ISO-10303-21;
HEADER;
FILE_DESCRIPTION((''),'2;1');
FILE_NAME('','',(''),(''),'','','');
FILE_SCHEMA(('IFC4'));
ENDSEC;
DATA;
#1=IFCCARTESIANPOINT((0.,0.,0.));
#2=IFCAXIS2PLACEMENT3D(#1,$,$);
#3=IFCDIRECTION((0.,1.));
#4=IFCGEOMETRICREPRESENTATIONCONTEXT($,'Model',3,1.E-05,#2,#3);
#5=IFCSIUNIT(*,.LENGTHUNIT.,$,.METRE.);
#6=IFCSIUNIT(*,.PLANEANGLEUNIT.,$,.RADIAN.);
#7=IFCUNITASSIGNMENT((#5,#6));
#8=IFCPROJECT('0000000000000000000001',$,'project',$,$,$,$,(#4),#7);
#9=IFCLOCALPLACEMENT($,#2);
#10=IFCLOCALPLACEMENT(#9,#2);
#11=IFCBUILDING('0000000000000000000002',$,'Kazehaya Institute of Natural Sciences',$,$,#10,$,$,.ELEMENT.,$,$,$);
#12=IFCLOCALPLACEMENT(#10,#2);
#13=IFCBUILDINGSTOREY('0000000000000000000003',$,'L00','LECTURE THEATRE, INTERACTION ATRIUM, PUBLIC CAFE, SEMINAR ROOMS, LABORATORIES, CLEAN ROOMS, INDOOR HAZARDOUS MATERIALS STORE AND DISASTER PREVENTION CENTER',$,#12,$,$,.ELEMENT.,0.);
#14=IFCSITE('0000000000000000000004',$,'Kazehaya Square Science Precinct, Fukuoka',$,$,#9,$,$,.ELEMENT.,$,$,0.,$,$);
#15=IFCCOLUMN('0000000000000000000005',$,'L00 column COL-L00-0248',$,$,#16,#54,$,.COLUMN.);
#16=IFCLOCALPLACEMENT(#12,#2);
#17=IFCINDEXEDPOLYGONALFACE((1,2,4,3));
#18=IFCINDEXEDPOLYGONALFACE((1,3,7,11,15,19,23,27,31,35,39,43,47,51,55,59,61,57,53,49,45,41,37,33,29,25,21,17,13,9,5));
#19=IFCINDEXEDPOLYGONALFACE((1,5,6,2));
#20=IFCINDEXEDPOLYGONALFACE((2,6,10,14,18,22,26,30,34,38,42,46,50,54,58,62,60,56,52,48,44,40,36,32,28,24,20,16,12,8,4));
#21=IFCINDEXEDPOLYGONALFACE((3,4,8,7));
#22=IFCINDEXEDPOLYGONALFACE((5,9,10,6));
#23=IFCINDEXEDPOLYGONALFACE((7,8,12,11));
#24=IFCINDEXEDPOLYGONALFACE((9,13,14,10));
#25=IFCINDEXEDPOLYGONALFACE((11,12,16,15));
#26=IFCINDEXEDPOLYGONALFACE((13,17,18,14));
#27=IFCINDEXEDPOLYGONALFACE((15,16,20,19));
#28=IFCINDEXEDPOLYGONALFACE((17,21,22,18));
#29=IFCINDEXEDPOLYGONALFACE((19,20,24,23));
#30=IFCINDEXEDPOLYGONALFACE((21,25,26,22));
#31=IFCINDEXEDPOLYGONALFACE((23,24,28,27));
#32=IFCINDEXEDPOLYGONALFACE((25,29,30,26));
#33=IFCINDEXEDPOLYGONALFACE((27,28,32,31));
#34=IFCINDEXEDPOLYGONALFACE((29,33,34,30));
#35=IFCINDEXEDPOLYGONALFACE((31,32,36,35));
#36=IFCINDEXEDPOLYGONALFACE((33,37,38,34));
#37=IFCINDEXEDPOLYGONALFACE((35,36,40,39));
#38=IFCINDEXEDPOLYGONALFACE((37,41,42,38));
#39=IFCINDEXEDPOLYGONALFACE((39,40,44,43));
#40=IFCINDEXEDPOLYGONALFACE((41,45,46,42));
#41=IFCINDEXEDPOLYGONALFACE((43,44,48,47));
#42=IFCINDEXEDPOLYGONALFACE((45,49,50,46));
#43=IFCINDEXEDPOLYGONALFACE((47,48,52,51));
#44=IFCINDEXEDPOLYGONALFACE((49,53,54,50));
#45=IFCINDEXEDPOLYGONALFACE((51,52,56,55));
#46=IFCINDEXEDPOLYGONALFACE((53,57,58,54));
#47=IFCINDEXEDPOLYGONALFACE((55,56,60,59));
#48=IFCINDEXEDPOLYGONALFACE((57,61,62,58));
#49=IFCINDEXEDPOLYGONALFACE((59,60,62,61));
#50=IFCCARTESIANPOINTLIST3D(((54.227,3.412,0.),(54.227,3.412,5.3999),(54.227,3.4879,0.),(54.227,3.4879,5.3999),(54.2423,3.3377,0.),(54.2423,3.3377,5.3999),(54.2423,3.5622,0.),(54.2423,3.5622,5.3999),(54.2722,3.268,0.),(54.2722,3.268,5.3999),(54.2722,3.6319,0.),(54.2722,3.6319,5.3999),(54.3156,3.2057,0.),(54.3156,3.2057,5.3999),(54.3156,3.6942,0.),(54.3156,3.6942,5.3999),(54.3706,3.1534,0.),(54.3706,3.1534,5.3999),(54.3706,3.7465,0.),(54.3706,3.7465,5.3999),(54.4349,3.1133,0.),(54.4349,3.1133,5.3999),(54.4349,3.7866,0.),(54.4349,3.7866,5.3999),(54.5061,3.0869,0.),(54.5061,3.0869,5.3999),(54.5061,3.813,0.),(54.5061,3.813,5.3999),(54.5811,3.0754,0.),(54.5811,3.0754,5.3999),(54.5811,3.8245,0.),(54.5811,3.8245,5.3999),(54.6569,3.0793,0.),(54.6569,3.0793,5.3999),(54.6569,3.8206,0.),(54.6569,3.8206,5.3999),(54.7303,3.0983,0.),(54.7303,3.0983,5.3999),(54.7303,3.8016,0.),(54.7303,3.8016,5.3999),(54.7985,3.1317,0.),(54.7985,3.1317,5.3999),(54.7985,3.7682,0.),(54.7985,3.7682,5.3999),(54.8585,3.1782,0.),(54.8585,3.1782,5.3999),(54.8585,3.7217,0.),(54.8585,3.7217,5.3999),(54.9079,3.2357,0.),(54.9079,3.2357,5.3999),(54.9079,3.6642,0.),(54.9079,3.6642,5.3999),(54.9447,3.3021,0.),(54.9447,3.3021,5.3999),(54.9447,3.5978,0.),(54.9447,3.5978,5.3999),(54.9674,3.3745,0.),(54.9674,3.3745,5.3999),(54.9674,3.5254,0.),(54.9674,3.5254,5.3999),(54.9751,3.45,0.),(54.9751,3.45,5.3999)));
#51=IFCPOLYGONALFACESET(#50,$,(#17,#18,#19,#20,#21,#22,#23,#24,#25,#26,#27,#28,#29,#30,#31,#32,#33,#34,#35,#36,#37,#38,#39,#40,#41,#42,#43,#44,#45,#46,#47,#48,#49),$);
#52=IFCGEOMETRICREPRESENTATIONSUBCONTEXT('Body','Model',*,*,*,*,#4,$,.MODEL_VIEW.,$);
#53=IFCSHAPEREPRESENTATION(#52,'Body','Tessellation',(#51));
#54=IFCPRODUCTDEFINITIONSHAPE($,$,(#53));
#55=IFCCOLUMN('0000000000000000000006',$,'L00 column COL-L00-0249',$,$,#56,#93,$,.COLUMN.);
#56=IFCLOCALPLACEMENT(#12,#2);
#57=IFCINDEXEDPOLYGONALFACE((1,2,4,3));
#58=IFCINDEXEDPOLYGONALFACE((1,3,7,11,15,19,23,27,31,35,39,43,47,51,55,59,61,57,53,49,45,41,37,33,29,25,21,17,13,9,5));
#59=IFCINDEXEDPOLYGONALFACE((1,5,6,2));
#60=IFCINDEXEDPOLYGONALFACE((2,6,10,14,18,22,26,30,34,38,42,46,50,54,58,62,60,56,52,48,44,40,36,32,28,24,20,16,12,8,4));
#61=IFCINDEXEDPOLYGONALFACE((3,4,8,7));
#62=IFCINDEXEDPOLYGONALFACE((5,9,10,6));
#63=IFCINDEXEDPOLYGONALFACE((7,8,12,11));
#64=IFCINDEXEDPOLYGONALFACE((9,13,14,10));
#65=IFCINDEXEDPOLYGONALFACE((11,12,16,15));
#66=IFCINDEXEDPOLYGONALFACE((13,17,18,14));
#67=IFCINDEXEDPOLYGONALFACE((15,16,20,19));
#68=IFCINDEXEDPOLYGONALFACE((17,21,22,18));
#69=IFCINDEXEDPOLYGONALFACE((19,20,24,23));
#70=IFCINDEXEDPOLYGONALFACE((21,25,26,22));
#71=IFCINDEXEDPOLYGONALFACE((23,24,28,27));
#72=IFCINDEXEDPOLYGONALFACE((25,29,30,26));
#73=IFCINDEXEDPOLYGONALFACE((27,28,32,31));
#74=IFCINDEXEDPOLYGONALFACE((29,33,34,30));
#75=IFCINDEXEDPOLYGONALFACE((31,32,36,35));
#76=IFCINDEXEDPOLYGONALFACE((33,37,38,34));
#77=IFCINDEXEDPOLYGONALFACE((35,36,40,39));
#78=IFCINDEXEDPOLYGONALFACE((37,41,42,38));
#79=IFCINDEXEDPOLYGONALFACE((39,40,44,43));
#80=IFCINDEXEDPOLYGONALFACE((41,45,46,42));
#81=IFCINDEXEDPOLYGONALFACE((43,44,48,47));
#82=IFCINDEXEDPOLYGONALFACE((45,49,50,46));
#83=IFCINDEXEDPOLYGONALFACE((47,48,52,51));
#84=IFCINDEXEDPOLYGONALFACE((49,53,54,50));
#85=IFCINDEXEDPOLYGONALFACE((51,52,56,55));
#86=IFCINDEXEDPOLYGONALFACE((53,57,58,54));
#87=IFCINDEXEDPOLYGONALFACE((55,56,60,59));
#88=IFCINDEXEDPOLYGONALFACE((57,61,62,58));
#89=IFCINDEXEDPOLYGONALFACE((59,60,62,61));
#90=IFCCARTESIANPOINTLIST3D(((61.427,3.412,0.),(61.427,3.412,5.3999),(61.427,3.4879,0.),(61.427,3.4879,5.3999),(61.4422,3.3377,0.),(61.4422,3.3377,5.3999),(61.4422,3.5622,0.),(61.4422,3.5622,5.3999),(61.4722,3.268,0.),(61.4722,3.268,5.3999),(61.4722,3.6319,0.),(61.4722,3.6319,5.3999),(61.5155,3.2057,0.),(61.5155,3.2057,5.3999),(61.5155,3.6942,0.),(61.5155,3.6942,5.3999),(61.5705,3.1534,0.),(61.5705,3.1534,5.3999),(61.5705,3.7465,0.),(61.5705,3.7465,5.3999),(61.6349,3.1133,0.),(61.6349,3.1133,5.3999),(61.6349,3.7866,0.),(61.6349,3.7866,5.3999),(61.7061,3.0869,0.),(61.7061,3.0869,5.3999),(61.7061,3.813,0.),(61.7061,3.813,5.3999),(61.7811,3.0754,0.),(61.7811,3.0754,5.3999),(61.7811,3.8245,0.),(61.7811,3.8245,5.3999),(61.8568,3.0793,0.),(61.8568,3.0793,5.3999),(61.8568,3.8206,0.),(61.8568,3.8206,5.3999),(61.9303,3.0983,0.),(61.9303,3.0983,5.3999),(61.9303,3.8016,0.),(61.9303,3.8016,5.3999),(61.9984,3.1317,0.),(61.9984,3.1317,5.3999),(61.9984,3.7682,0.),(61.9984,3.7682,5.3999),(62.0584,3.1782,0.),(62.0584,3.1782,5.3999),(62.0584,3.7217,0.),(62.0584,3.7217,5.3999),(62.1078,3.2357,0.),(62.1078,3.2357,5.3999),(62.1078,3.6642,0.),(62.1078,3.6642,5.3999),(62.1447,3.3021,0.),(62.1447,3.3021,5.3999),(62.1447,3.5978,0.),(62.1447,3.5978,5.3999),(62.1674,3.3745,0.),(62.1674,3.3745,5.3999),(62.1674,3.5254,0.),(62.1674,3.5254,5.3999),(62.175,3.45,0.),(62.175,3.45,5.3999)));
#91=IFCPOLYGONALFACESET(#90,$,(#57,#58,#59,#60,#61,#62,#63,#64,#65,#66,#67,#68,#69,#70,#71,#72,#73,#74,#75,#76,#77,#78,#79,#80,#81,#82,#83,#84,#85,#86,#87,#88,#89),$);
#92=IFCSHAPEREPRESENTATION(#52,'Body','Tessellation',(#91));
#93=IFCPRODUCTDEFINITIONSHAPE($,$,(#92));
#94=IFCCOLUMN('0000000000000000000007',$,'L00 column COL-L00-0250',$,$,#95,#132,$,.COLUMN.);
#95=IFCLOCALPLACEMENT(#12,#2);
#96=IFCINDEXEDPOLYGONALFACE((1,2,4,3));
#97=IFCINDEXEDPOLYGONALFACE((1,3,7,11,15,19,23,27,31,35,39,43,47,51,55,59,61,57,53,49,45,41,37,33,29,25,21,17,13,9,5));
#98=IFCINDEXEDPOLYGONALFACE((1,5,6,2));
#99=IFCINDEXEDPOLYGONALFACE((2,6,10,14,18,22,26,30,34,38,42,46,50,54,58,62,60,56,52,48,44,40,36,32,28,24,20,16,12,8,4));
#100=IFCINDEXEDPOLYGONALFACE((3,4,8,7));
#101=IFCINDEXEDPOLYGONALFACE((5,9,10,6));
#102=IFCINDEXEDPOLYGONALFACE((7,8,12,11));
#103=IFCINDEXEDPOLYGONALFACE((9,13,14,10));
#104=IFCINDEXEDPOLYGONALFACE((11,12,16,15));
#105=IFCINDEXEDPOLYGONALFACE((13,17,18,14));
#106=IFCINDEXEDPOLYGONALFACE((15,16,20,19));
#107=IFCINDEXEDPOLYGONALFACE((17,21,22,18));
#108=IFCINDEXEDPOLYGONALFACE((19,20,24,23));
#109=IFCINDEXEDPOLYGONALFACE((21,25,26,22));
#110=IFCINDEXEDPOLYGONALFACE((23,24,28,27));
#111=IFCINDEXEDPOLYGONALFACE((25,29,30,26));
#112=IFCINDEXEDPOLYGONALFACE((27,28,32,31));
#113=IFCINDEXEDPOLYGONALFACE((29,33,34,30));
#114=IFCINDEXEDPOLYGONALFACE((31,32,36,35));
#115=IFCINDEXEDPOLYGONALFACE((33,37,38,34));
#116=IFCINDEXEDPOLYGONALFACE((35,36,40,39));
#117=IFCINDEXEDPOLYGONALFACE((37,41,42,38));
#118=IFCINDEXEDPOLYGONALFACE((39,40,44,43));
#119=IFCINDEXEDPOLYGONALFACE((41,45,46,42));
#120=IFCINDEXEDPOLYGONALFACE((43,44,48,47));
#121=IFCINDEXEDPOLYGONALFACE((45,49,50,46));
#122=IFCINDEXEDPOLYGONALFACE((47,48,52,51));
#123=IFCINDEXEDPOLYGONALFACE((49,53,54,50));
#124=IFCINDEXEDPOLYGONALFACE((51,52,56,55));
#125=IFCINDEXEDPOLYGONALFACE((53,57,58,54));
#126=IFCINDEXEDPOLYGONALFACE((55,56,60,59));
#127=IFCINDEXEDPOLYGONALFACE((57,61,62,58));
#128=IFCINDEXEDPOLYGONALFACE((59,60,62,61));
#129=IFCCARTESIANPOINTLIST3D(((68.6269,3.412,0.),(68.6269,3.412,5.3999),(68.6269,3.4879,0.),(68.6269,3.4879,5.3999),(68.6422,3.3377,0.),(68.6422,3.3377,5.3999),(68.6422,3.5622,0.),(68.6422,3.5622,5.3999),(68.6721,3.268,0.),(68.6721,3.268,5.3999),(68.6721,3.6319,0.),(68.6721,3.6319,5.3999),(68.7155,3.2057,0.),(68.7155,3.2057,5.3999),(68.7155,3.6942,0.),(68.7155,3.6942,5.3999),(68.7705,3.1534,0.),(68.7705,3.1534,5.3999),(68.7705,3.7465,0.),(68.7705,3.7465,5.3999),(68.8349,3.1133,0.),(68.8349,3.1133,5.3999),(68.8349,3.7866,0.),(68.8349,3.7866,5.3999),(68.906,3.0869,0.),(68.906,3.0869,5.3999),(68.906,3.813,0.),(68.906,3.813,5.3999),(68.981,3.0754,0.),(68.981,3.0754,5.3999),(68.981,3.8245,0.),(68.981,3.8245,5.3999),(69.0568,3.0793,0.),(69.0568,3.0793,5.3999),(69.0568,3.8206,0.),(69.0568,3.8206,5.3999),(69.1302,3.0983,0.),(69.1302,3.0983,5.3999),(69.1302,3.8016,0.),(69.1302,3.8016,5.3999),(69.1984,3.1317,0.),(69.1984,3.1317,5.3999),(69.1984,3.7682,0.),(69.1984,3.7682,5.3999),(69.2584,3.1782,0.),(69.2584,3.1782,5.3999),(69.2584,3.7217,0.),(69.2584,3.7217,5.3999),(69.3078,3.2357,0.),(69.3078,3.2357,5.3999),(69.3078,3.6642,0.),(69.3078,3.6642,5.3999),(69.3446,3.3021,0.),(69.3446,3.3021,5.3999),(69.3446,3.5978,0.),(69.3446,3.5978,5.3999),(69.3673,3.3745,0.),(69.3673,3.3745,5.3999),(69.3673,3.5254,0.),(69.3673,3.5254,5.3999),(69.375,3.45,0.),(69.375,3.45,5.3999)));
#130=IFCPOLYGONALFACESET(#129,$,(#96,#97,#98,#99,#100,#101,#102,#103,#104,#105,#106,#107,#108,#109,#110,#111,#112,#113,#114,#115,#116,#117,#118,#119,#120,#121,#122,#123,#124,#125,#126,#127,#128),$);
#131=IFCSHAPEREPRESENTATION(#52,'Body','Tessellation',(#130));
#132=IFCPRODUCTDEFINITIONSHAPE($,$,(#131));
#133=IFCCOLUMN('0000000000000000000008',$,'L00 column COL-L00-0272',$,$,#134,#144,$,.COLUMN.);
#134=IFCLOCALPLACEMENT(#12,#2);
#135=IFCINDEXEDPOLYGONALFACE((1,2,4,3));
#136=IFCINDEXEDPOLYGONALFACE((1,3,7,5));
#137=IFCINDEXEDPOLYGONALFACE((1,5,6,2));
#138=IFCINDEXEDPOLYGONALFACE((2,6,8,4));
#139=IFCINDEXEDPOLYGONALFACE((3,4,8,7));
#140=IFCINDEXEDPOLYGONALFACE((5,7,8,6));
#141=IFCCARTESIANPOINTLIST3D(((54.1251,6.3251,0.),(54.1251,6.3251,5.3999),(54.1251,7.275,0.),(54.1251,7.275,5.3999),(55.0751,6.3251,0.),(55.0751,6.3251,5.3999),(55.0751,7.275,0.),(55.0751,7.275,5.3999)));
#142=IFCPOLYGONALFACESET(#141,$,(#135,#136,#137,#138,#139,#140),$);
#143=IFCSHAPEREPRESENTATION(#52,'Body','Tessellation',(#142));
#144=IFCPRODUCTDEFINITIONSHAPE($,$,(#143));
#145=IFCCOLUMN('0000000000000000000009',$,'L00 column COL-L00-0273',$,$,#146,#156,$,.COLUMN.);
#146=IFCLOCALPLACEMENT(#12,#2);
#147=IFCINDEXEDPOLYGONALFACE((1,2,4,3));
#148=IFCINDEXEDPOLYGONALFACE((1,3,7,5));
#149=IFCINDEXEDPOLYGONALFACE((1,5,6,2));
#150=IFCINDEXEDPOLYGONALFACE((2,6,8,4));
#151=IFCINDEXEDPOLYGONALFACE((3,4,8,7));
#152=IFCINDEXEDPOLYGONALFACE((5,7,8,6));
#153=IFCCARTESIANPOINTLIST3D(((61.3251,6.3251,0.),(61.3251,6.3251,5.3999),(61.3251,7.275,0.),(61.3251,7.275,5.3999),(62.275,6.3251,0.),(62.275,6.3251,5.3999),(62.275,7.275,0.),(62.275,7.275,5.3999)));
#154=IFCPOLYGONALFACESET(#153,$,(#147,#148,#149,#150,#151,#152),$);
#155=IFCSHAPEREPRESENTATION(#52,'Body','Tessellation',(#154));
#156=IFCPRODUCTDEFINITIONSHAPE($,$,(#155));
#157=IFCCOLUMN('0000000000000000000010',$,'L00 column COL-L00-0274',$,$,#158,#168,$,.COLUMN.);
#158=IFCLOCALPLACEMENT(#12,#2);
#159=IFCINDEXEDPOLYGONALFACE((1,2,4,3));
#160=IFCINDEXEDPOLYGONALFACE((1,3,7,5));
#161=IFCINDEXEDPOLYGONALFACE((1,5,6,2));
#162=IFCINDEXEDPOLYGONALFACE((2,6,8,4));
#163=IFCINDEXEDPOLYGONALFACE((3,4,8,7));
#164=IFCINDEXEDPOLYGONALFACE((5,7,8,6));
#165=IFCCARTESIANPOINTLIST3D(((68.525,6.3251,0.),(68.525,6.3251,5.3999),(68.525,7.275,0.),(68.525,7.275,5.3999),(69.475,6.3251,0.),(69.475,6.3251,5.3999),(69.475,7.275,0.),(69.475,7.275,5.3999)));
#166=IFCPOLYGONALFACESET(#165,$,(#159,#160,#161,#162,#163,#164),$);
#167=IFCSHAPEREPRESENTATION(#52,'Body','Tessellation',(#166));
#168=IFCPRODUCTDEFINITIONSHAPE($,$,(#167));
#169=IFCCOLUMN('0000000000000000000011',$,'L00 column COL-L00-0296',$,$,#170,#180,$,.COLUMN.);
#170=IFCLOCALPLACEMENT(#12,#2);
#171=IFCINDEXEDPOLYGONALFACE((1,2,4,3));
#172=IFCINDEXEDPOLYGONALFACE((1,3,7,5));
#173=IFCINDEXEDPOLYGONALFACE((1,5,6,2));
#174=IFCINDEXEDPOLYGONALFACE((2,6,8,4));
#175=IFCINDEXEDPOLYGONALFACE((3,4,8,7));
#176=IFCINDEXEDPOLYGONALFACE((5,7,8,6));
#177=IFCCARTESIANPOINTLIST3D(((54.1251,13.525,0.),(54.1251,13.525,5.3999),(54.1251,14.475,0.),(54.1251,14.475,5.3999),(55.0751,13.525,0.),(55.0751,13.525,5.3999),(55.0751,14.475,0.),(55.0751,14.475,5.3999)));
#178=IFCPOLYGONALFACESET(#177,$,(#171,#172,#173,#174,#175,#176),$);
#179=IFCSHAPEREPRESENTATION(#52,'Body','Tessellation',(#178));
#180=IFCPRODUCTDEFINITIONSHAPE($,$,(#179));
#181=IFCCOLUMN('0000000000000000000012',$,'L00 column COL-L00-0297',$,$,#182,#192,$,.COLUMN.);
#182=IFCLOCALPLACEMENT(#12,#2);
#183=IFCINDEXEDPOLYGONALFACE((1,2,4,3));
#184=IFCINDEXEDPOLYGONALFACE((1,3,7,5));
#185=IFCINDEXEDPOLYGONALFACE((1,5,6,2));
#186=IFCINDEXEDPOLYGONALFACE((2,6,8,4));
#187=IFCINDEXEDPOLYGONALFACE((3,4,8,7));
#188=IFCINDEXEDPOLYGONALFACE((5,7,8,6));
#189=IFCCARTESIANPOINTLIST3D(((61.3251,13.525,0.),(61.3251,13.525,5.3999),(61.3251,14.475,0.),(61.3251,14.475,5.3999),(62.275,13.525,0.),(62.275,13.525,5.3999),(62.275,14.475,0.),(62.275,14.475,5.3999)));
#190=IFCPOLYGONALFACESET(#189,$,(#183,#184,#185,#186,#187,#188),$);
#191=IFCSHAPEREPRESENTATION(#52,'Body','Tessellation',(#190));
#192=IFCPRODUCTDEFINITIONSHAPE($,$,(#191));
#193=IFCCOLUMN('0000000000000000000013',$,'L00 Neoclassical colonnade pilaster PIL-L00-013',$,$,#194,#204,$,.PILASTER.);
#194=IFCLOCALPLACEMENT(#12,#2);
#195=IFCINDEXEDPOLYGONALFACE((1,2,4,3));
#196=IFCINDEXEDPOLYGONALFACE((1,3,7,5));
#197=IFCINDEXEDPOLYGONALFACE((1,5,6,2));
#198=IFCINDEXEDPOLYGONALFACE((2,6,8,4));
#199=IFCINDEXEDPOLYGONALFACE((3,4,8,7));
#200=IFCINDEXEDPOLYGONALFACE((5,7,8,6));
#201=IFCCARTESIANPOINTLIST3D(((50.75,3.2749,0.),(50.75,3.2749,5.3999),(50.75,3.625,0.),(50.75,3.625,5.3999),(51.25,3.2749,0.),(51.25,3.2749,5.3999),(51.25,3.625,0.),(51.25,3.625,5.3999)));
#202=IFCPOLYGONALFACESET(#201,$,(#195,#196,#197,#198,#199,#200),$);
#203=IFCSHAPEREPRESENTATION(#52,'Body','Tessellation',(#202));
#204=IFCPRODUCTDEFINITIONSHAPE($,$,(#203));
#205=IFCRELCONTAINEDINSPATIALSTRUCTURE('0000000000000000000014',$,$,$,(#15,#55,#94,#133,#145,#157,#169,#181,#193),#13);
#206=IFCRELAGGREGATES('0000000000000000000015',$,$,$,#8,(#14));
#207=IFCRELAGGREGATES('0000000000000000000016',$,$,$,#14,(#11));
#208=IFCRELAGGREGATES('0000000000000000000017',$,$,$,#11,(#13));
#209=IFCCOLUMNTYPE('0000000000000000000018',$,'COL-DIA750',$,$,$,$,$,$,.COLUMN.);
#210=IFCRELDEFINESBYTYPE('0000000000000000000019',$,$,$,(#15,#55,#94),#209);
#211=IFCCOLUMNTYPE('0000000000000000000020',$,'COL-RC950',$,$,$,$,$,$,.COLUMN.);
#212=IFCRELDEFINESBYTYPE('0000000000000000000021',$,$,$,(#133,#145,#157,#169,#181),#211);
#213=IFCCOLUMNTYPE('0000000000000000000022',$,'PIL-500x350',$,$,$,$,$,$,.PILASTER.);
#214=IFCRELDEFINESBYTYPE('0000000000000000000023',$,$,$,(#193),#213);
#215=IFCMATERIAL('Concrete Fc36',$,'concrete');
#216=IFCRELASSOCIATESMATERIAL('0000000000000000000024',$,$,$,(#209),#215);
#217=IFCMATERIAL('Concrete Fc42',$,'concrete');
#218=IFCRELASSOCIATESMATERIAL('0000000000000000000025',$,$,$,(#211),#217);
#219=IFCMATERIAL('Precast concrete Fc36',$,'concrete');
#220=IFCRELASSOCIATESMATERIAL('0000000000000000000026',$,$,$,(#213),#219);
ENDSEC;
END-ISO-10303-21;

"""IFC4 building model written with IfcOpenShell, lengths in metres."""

from ifc_helpers import new_model, si_unit, direction, frame, origin, origin_2d, place, context, subcontext, project, spatial, rectangle, circle, extrude, material, material_profile, profile_set, type_object, element, save


model = new_model("IFC4")

# Units and contexts
model_context = context("Model", 3, precision=1e-05, world=origin(), true_north=direction((0.0, 1.0)))
body_context = subcontext(model_context, "Body", "Model", "MODEL_VIEW")
ifc_project = project(units=[si_unit("LENGTHUNIT", "METRE"), si_unit("PLANEANGLEUNIT", "RADIAN")], contexts=[model_context])

# Site, building, storey
site_placement = place(None, origin())
site = spatial("IfcSite", under=ifc_project, at=site_placement, Name="Kazehaya Square Science Precinct, Fukuoka", CompositionType="ELEMENT", RefElevation=0.0)
building_placement = place(site_placement, origin())
building = spatial("IfcBuilding", under=site, at=building_placement, Name="Kazehaya Institute of Natural Sciences", CompositionType="ELEMENT")
storey_placement = place(building_placement, origin())
storey = spatial("IfcBuildingStorey", under=building, at=storey_placement, Name="L00", Description="LECTURE THEATRE, INTERACTION ATRIUM, PUBLIC CAFE, SEMINAR ROOMS, LABORATORIES, CLEAN ROOMS, INDOOR HAZARDOUS MATERIALS STORE AND DISASTER PREVENTION CENTER", CompositionType="ELEMENT", Elevation=0.0)

# Columns
ifc_material_1 = material(Name="Concrete Fc36", Category="concrete")
ifc_material_profile_1 = material_profile(ifc_material_1, circle(Radius=0.375, at=origin_2d()), Name="RC-DIA750")
ifc_profile_set_1 = profile_set([ifc_material_profile_1], Name="Concrete Fc36")
column_type_1 = type_object("IfcColumnType", Name="COL-DIA750", PredefinedType="COLUMN", material=ifc_profile_set_1)
for number, where, z_axis, x_axis, name in (
    (1, (54.6001, 3.45, 0.0), (0.0, 0.0, 1.0), (1.0, 0.0, 0.0), "L00 column COL-L00-0248"),
    (2, (61.8, 3.45, 0.0), (0.0, 0.0, 1.0), (1.0, 0.0, 0.0), "L00 column COL-L00-0249"),
    (3, (69.0, 3.45, 0.0), (0.0, 0.0, 1.0), (1.0, 0.0, 0.0), "L00 column COL-L00-0250"),
):
    element("IfcColumn", number, at=place(storey_placement, frame(where, z_axis=z_axis, x_axis=x_axis)), inside=storey, type_object=column_type_1, Name=name, PredefinedType="COLUMN", context=body_context, shape_type="SweptSolid", body=[
        extrude(circle(Radius=0.375, at=origin_2d()), origin(), (0.0, 0.0, 1.0), 5.3999),
    ])
ifc_material_2 = material(Name="Concrete Fc42", Category="concrete")
ifc_material_profile_2 = material_profile(ifc_material_2, rectangle(XDim=0.95, YDim=0.95, at=origin_2d()), Name="RC-950x950")
ifc_profile_set_2 = profile_set([ifc_material_profile_2], Name="Concrete Fc42")
column_type_2 = type_object("IfcColumnType", Name="COL-RC950", PredefinedType="COLUMN", material=ifc_profile_set_2)
for number, where, z_axis, x_axis, name in (
    (4, (54.6001, 6.8, 0.0), (0.0, 0.0, 1.0), (1.0, 0.0, 0.0), "L00 column COL-L00-0272"),
    (5, (61.8, 6.8, 0.0), (0.0, 0.0, 1.0), (1.0, 0.0, 0.0), "L00 column COL-L00-0273"),
    (6, (69.0, 6.8, 0.0), (0.0, 0.0, 1.0), (1.0, 0.0, 0.0), "L00 column COL-L00-0274"),
    (7, (54.6001, 14.0, 0.0), (0.0, 0.0, 1.0), (1.0, 0.0, 0.0), "L00 column COL-L00-0296"),
    (8, (61.8, 14.0, 0.0), (0.0, 0.0, 1.0), (1.0, 0.0, 0.0), "L00 column COL-L00-0297"),
):
    element("IfcColumn", number, at=place(storey_placement, frame(where, z_axis=z_axis, x_axis=x_axis)), inside=storey, type_object=column_type_2, Name=name, PredefinedType="COLUMN", context=body_context, shape_type="SweptSolid", body=[
        extrude(rectangle(XDim=0.95, YDim=0.95, at=origin_2d()), origin(), (0.0, 0.0, 1.0), 5.3999),
    ])
ifc_material_3 = material(Name="Precast concrete Fc36", Category="concrete")
ifc_material_profile_3 = material_profile(ifc_material_3, rectangle(XDim=0.5, YDim=0.3501, at=origin_2d()), Name="RC-PIL-500x350")
ifc_profile_set_3 = profile_set([ifc_material_profile_3], Name="Precast concrete Fc36")
column_type_3 = type_object("IfcColumnType", Name="PIL-500x350", PredefinedType="PILASTER", material=ifc_profile_set_3)
column_placement = place(storey_placement, frame((51.0, 3.45, 0.0), z_axis=(0.0, 0.0, 1.0), x_axis=(1.0, 0.0, 0.0)))
element("IfcColumn", 9, at=column_placement, inside=storey, type_object=column_type_3, Name="L00 Neoclassical colonnade pilaster PIL-L00-013", PredefinedType="PILASTER", context=body_context, shape_type="SweptSolid", body=[
    extrude(rectangle(XDim=0.5, YDim=0.3501, at=origin_2d()), origin(), (0.0, 0.0, 1.0), 5.3999),
])

save(model, "model.ifc")
